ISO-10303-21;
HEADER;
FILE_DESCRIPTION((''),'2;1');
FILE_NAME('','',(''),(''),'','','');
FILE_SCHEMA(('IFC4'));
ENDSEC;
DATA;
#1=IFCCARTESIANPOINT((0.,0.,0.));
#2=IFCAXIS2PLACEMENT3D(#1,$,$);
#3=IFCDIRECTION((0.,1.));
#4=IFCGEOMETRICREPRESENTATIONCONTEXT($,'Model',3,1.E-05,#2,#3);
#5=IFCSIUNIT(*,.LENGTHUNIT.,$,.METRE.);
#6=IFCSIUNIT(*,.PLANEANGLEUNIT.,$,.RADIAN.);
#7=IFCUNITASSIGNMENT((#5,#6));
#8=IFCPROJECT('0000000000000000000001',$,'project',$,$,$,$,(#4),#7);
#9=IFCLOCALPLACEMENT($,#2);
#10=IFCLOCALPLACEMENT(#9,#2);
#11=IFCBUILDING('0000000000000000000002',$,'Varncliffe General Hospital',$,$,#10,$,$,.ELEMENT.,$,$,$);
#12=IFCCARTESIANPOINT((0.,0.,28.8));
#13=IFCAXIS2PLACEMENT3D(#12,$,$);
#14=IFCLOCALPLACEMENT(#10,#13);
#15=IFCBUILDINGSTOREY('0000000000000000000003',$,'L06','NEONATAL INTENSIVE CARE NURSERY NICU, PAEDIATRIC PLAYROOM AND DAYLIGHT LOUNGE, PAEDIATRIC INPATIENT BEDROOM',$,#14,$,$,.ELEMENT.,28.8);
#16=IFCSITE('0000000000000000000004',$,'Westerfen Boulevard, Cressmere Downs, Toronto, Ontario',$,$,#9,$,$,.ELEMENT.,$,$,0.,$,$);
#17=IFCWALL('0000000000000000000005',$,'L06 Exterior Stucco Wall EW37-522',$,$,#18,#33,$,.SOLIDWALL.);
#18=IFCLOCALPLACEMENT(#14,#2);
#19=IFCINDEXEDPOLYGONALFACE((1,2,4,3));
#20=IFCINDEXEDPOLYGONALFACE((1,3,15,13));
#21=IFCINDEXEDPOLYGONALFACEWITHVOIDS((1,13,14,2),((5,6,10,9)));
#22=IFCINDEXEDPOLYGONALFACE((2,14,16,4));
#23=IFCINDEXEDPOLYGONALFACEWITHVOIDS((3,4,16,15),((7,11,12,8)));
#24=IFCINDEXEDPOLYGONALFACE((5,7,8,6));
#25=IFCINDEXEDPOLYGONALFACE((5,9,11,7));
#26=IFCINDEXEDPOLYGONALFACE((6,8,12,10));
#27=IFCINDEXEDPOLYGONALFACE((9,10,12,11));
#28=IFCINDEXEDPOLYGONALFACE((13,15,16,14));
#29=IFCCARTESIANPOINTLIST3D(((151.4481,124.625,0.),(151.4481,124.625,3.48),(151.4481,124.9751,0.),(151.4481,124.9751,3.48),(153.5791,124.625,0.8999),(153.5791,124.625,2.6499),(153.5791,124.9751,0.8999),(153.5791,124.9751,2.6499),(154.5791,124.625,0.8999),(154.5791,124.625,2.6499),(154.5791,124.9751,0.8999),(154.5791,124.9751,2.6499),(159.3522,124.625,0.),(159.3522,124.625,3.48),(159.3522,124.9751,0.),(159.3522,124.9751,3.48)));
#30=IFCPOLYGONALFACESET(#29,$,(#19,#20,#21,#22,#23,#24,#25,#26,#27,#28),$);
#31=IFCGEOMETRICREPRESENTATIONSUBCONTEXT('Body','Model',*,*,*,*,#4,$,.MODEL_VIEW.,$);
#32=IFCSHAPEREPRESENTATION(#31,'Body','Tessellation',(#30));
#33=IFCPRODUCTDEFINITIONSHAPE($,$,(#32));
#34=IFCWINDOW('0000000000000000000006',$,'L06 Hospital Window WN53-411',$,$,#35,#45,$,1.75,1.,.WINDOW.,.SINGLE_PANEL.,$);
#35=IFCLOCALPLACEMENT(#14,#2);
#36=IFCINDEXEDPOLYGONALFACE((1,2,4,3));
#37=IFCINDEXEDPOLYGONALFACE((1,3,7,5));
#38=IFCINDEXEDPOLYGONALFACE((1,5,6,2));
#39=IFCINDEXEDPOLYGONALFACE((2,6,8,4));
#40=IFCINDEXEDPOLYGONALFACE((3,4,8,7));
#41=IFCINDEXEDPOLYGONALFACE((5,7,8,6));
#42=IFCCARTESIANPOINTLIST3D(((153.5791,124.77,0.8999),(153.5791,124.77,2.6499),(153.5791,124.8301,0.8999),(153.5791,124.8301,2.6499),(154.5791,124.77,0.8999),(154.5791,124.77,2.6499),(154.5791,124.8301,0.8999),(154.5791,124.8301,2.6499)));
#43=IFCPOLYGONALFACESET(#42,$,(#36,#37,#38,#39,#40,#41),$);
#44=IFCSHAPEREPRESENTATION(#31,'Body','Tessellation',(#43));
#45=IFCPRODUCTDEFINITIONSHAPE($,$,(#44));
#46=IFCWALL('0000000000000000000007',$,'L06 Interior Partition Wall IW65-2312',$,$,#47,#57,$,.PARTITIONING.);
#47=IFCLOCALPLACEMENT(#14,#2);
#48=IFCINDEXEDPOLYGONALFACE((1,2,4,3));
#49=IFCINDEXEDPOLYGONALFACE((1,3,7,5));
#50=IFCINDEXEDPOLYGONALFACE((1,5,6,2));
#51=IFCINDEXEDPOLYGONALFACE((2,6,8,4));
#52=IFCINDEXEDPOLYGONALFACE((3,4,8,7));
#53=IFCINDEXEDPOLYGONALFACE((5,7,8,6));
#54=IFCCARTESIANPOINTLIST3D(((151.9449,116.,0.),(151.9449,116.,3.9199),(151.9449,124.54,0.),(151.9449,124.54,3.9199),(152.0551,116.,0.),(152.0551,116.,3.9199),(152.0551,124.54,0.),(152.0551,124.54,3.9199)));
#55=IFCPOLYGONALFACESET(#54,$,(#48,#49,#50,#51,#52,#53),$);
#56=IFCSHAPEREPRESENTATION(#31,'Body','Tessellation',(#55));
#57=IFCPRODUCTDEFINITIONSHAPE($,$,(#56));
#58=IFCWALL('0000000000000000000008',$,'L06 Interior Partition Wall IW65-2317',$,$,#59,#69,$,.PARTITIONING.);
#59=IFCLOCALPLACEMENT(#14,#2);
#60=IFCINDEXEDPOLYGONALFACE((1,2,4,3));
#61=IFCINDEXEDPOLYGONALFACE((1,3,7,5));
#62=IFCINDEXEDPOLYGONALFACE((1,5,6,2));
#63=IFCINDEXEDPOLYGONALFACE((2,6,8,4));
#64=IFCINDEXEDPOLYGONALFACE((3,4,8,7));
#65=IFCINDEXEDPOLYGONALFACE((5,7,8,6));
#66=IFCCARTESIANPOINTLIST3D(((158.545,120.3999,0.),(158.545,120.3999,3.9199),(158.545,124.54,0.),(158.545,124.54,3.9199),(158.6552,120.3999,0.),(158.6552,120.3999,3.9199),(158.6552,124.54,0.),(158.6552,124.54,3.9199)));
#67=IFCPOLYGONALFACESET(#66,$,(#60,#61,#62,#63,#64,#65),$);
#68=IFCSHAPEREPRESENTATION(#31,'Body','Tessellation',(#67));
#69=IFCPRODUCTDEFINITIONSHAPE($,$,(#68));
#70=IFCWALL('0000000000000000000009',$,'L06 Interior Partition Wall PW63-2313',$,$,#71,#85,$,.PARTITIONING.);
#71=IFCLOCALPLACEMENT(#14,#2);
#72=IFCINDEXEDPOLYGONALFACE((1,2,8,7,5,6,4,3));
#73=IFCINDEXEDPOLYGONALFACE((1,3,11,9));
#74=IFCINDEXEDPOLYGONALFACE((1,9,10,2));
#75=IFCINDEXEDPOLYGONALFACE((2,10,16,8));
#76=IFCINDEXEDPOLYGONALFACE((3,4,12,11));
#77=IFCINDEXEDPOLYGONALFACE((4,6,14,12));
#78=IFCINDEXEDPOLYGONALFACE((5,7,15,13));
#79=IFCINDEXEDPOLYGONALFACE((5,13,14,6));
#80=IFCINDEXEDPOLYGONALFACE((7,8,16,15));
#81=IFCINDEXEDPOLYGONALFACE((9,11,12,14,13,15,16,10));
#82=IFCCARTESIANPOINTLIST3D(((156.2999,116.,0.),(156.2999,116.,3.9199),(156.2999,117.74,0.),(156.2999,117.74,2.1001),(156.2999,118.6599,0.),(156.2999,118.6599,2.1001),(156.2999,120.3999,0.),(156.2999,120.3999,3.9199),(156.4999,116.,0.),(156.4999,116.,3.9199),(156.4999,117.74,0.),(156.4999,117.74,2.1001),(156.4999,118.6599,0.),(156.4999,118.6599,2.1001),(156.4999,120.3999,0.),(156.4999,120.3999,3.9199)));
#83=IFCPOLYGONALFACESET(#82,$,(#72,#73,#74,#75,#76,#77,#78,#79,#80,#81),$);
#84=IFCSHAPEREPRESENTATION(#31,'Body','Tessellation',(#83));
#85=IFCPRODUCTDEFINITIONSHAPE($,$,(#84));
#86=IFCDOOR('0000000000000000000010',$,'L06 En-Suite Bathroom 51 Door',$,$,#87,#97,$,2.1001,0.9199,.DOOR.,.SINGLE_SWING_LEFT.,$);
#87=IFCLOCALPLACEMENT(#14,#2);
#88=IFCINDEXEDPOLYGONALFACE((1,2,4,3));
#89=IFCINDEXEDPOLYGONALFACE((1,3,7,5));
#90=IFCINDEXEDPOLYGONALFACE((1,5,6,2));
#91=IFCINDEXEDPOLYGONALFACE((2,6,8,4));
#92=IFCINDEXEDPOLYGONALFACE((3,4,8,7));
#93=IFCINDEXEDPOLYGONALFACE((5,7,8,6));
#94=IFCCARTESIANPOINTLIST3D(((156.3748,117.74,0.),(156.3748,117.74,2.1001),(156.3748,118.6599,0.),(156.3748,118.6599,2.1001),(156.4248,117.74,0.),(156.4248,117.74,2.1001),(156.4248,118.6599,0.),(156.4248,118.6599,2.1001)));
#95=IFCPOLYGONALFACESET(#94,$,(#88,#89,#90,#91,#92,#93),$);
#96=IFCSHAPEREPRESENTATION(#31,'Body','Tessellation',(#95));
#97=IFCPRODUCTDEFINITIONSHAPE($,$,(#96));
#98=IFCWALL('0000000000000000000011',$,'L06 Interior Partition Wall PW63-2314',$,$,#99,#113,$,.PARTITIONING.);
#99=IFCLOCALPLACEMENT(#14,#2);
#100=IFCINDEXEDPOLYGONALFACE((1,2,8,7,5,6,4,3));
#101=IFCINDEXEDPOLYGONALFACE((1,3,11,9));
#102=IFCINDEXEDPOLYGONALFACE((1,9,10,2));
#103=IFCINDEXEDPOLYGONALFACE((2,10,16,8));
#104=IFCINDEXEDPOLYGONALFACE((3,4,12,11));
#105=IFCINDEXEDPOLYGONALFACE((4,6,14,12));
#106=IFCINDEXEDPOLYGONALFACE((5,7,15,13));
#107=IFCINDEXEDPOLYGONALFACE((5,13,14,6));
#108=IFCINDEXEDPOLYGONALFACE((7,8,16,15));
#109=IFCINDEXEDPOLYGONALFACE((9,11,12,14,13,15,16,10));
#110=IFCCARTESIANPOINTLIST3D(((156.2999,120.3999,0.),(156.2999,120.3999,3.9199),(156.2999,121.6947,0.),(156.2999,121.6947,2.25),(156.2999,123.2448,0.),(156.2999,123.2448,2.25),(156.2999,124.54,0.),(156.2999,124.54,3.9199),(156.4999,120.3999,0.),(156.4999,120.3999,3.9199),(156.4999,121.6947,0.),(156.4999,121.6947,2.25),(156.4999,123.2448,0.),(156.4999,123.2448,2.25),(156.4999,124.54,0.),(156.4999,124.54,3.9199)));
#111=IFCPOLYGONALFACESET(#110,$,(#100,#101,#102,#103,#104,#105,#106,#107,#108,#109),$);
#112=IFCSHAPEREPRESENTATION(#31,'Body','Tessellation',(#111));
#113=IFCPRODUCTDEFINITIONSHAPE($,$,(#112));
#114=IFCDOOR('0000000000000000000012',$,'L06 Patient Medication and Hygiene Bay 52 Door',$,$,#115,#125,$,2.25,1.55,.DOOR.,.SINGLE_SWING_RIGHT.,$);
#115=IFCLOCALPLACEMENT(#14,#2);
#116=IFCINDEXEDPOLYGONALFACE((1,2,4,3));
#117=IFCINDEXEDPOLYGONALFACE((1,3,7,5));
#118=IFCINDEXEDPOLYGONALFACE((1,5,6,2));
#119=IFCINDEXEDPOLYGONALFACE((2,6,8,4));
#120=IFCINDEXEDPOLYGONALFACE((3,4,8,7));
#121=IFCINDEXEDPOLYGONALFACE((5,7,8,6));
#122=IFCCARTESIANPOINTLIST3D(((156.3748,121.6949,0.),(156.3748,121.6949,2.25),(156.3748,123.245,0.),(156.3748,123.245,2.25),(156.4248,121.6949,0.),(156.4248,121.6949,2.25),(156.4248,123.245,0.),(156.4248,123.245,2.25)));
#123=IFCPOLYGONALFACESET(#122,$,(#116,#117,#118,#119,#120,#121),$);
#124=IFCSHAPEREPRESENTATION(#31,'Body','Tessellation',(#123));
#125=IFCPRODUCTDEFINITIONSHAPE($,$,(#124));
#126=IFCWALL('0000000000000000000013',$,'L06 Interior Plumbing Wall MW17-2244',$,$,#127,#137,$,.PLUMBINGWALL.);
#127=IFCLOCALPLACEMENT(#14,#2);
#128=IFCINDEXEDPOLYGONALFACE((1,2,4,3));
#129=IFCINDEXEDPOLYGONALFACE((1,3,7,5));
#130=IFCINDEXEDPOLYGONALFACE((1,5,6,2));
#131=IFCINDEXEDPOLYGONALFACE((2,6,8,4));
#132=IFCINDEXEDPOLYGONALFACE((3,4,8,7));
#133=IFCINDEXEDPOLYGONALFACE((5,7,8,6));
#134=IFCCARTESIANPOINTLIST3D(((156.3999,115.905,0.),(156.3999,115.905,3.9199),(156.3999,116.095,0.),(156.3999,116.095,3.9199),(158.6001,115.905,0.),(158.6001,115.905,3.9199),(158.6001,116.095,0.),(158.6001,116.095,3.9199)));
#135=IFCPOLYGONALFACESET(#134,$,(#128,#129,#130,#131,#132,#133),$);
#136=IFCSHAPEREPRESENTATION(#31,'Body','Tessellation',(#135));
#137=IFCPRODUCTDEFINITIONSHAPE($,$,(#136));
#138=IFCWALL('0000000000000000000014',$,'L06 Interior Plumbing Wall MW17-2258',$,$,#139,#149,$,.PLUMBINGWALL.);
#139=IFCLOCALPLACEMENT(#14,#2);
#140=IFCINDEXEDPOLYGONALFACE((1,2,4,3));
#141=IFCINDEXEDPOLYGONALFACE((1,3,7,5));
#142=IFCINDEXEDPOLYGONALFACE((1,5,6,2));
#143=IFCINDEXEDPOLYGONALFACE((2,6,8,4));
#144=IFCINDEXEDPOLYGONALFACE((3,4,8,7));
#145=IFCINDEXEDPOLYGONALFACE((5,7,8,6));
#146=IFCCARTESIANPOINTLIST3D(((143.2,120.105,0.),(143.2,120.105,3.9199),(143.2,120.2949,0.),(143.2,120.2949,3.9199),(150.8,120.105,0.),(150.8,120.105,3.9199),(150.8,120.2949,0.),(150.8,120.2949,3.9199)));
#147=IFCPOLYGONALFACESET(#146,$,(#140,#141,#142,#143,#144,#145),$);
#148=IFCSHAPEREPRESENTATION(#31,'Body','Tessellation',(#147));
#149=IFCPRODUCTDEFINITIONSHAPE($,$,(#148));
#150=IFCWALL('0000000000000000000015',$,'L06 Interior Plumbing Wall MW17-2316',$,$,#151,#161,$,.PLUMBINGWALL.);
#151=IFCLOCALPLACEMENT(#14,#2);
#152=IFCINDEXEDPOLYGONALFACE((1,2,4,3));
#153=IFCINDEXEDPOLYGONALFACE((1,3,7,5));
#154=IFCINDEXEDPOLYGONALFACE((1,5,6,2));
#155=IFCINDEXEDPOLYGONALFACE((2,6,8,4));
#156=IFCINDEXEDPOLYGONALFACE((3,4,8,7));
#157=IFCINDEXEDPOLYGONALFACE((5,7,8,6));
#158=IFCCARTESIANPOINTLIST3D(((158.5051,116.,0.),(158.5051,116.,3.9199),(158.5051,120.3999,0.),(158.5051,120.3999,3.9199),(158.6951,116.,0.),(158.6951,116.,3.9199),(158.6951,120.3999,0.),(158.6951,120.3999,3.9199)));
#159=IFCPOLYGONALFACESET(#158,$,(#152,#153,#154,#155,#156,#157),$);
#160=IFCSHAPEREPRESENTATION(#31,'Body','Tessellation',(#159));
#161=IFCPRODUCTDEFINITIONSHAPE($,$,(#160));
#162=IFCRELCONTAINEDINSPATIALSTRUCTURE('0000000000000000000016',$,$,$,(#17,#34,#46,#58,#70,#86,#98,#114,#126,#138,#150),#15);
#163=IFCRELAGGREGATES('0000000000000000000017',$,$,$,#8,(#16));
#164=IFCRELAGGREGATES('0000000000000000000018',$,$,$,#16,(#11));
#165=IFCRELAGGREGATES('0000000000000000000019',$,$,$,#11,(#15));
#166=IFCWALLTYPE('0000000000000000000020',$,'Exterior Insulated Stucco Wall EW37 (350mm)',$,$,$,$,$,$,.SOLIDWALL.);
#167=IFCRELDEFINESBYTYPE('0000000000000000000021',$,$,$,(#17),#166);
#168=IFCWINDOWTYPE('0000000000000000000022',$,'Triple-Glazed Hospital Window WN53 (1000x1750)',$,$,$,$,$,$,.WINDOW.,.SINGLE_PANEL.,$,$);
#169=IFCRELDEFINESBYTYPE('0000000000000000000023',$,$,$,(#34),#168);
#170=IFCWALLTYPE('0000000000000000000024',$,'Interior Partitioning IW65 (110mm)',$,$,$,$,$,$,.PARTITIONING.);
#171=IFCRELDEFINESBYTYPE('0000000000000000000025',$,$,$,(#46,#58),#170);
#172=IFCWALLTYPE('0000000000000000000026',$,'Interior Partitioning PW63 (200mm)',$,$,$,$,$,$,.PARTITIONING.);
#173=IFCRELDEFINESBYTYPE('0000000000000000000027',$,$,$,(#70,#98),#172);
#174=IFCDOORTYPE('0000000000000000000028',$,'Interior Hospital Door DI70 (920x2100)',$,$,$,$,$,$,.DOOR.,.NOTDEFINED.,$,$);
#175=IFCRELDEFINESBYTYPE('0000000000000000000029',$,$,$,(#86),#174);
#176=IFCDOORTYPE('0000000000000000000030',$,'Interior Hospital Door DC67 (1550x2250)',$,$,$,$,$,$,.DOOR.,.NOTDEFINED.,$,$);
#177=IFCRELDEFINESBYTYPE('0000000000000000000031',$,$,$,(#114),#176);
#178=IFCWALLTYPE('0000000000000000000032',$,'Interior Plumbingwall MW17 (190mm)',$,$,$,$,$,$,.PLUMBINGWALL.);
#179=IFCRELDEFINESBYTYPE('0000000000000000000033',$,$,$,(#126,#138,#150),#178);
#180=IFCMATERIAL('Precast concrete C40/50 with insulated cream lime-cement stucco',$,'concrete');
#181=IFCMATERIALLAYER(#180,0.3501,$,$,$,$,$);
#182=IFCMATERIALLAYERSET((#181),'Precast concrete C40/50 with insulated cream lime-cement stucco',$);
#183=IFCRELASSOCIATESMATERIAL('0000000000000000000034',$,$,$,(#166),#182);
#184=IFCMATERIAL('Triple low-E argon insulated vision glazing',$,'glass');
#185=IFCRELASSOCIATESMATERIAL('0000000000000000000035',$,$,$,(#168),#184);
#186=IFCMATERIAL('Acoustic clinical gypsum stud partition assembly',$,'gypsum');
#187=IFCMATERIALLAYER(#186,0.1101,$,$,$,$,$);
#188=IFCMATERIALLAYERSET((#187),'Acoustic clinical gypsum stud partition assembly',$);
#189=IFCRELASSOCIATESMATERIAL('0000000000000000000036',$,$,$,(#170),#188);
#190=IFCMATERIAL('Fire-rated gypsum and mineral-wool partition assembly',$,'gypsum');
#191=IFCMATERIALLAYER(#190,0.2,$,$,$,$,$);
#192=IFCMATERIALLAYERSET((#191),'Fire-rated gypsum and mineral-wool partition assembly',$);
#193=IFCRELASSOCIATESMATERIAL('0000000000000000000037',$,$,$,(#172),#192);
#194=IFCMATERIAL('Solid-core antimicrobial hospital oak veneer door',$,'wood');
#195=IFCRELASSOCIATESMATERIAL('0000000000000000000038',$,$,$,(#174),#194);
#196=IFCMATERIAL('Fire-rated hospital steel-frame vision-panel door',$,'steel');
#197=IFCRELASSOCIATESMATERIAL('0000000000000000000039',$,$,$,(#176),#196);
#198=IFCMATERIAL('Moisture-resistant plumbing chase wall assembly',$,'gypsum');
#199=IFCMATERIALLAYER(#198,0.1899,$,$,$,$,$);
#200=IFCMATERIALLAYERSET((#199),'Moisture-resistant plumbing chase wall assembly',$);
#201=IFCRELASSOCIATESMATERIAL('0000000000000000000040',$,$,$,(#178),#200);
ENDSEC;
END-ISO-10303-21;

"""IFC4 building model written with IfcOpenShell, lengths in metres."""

from ifc_helpers import new_model, si_unit, direction, frame, frame_2d, origin, place, context, subcontext, project, spatial, rectangle, extrude, material, layer, layer_set, type_object, element, fill, save


model = new_model("IFC4")

# Units and contexts
model_context = context("Model", 3, precision=1e-05, world=origin(), true_north=direction((0.0, 1.0)))
body_context = subcontext(model_context, "Body", "Model", "MODEL_VIEW")
ifc_project = project(units=[si_unit("LENGTHUNIT", "METRE"), si_unit("PLANEANGLEUNIT", "RADIAN")], contexts=[model_context])

# Site, building, storey
site_placement = place(None, origin())
site = spatial("IfcSite", under=ifc_project, at=site_placement, Name="Westerfen Boulevard, Cressmere Downs, Toronto, Ontario", CompositionType="ELEMENT", RefElevation=0.0)
building_placement = place(site_placement, origin())
building = spatial("IfcBuilding", under=site, at=building_placement, Name="Varncliffe General Hospital", CompositionType="ELEMENT")
storey_placement = place(building_placement, frame((0.0, 0.0, 28.8)))
storey = spatial("IfcBuildingStorey", under=building, at=storey_placement, Name="L06", Description="NEONATAL INTENSIVE CARE NURSERY NICU, PAEDIATRIC PLAYROOM AND DAYLIGHT LOUNGE, PAEDIATRIC INPATIENT BEDROOM", CompositionType="ELEMENT", Elevation=28.8)

# Wall, opening, window
ifc_material_1 = material(Name="Precast concrete C40/50 with insulated cream lime-cement stucco", Category="concrete")
ifc_material_2 = material(Name="Triple low-E argon insulated vision glazing", Category="glass")
ifc_layer_1 = layer(ifc_material_1, 0.3501)
ifc_layer_set_1 = layer_set([ifc_layer_1], Name="Precast concrete C40/50 with insulated cream lime-cement stucco")
wall_type_1 = type_object("IfcWallType", Name="Exterior Insulated Stucco Wall EW37 (350mm)", PredefinedType="SOLIDWALL", material=ifc_layer_set_1)
wall_1_placement = place(storey_placement, frame((151.448, 124.8, 0.0), z_axis=(0.0, 0.0, 1.0), x_axis=(1.0, 0.0, 0.0)))
wall_1 = element("IfcWall", 1, at=wall_1_placement, inside=storey, type_object=wall_type_1, Name="L06 Exterior Stucco Wall EW37-522", PredefinedType="SOLIDWALL", context=body_context, shape_type="SweptSolid", body=[
    extrude(rectangle(XDim=7.9041, YDim=0.3501, at=frame_2d((3.9521, 0.0))), origin(), (0.0, 0.0, 1.0), 3.48),
])
opening_1_placement = place(wall_1_placement, frame((2.1311, 0.0, 0.8999)))
opening_1 = element("IfcOpeningElement", 2, at=opening_1_placement, cuts=wall_1, PredefinedType="OPENING", context=body_context, shape_type="SweptSolid", body=[
    extrude(rectangle(XDim=1.0, YDim=1.75, at=frame_2d((0.5, 0.875))), frame((0.0, 0.1851, 0.0), z_axis=(0.0, -1.0, 0.0), x_axis=(1.0, 0.0, 0.0)), (0.0, 0.0, 1.0), 0.3701),
])
window_type_1 = type_object("IfcWindowType", Name="Triple-Glazed Hospital Window WN53 (1000x1750)", PartitioningType="SINGLE_PANEL", PredefinedType="WINDOW", material=ifc_material_2)
window_1_placement = place(opening_1_placement, origin())
window_1 = element("IfcWindow", 3, at=window_1_placement, inside=storey, type_object=window_type_1, Name="L06 Hospital Window WN53-411", OverallHeight=1.75, OverallWidth=1.0, PartitioningType="SINGLE_PANEL", PredefinedType="WINDOW", context=body_context, shape_type="SweptSolid", body=[
    extrude(rectangle(XDim=1.0, YDim=1.75, at=frame_2d((0.5, 0.875))), frame((0.0, 0.03, 0.0), z_axis=(0.0, -1.0, 0.0), x_axis=(1.0, 0.0, 0.0)), (0.0, 0.0, 1.0), 0.0601),
])
fill(opening_1, window_1)

# Walls
ifc_material_3 = material(Name="Acoustic clinical gypsum stud partition assembly", Category="gypsum")
ifc_layer_2 = layer(ifc_material_3, 0.1101)
ifc_layer_set_2 = layer_set([ifc_layer_2], Name="Acoustic clinical gypsum stud partition assembly")
wall_type_2 = type_object("IfcWallType", Name="Interior Partitioning IW65 (110mm)", PredefinedType="PARTITIONING", material=ifc_layer_set_2)
wall_2_placement = place(storey_placement, frame((152.0, 116.0, 0.0), z_axis=(0.0, 0.0, 1.0), x_axis=(0.0, 1.0, 0.0)))
element("IfcWall", 4, at=wall_2_placement, inside=storey, type_object=wall_type_2, Name="L06 Interior Partition Wall IW65-2312", PredefinedType="PARTITIONING", context=body_context, shape_type="SweptSolid", body=[
    extrude(rectangle(XDim=8.54, YDim=0.1101, at=frame_2d((4.27, 0.0))), origin(), (0.0, 0.0, 1.0), 3.9199),
])
wall_3_placement = place(storey_placement, frame((158.6001, 120.3999, 0.0), z_axis=(0.0, 0.0, 1.0), x_axis=(0.0, 1.0, 0.0)))
element("IfcWall", 5, at=wall_3_placement, inside=storey, type_object=wall_type_2, Name="L06 Interior Partition Wall IW65-2317", PredefinedType="PARTITIONING", context=body_context, shape_type="SweptSolid", body=[
    extrude(rectangle(XDim=4.1401, YDim=0.1101, at=frame_2d((2.0701, 0.0))), origin(), (0.0, 0.0, 1.0), 3.9199),
])

# Walls, openings, doors
ifc_material_4 = material(Name="Fire-rated gypsum and mineral-wool partition assembly", Category="gypsum")
ifc_layer_3 = layer(ifc_material_4, 0.2)
ifc_layer_set_3 = layer_set([ifc_layer_3], Name="Fire-rated gypsum and mineral-wool partition assembly")
wall_type_3 = type_object("IfcWallType", Name="Interior Partitioning PW63 (200mm)", PredefinedType="PARTITIONING", material=ifc_layer_set_3)
wall_4_placement = place(storey_placement, frame((156.3999, 116.0, 0.0), z_axis=(0.0, 0.0, 1.0), x_axis=(0.0, 1.0, 0.0)))
wall_4 = element("IfcWall", 6, at=wall_4_placement, inside=storey, type_object=wall_type_3, Name="L06 Interior Partition Wall PW63-2313", PredefinedType="PARTITIONING", context=body_context, shape_type="SweptSolid", body=[
    extrude(rectangle(XDim=4.3999, YDim=0.2, at=frame_2d((2.2, 0.0))), origin(), (0.0, 0.0, 1.0), 3.9199),
])
opening_2_placement = place(wall_4_placement, frame((1.74, 0.0, 0.0)))
opening_2 = element("IfcOpeningElement", 7, at=opening_2_placement, cuts=wall_4, PredefinedType="OPENING", context=body_context, shape_type="SweptSolid", body=[
    extrude(rectangle(XDim=0.9199, YDim=2.1001, at=frame_2d((0.46, 1.05))), frame((0.0, 0.1099, 0.0), z_axis=(0.0, -1.0, 0.0), x_axis=(1.0, 0.0, 0.0)), (0.0, 0.0, 1.0), 0.22),
])
ifc_material_5 = material(Name="Solid-core antimicrobial hospital oak veneer door", Category="wood")
door_type_1 = type_object("IfcDoorType", Name="Interior Hospital Door DI70 (920x2100)", OperationType="NOTDEFINED", PredefinedType="DOOR", material=ifc_material_5)
door_1_placement = place(opening_2_placement, frame((0.9199, 0.0, 0.0), z_axis=(0.0, 0.0, 1.0), x_axis=(-1.0, 0.0, 0.0)))
door_1 = element("IfcDoor", 8, at=door_1_placement, inside=storey, type_object=door_type_1, Name="L06 En-Suite Bathroom 51 Door", OperationType="SINGLE_SWING_LEFT", OverallHeight=2.1001, OverallWidth=0.9199, PredefinedType="DOOR", context=body_context, shape_type="SweptSolid", body=[
    extrude(rectangle(XDim=0.9199, YDim=2.1001, at=frame_2d((0.46, 1.05))), frame((0.0, 0.0249, 0.0), z_axis=(0.0, -1.0, 0.0), x_axis=(1.0, 0.0, 0.0)), (0.0, 0.0, 1.0), 0.05),
])
fill(opening_2, door_1)
wall_5_placement = place(storey_placement, frame((156.3999, 120.3999, 0.0), z_axis=(0.0, 0.0, 1.0), x_axis=(0.0, 1.0, 0.0)))
wall_5 = element("IfcWall", 9, at=wall_5_placement, inside=storey, type_object=wall_type_3, Name="L06 Interior Partition Wall PW63-2314", PredefinedType="PARTITIONING", context=body_context, shape_type="SweptSolid", body=[
    extrude(rectangle(XDim=4.1401, YDim=0.2, at=frame_2d((2.0701, 0.0))), origin(), (0.0, 0.0, 1.0), 3.9199),
])
opening_3_placement = place(wall_5_placement, frame((1.2949, 0.0, 0.0)))
opening_3 = element("IfcOpeningElement", 10, at=opening_3_placement, cuts=wall_5, PredefinedType="OPENING", context=body_context, shape_type="SweptSolid", body=[
    extrude(rectangle(XDim=1.55, YDim=2.25, at=frame_2d((0.7749, 1.125))), frame((0.0, 0.1099, 0.0), z_axis=(0.0, -1.0, 0.0), x_axis=(1.0, 0.0, 0.0)), (0.0, 0.0, 1.0), 0.22),
])
ifc_material_6 = material(Name="Fire-rated hospital steel-frame vision-panel door", Category="steel")
door_type_2 = type_object("IfcDoorType", Name="Interior Hospital Door DC67 (1550x2250)", OperationType="NOTDEFINED", PredefinedType="DOOR", material=ifc_material_6)
door_2_placement = place(opening_3_placement, frame((1.55, 0.0, 0.0), z_axis=(0.0, 0.0, 1.0), x_axis=(-1.0, 0.0, 0.0)))
door_2 = element("IfcDoor", 11, at=door_2_placement, inside=storey, type_object=door_type_2, Name="L06 Patient Medication and Hygiene Bay 52 Door", OperationType="SINGLE_SWING_RIGHT", OverallHeight=2.25, OverallWidth=1.55, PredefinedType="DOOR", context=body_context, shape_type="SweptSolid", body=[
    extrude(rectangle(XDim=1.55, YDim=2.25, at=frame_2d((0.7749, 1.125))), frame((0.0, 0.0249, 0.0), z_axis=(0.0, -1.0, 0.0), x_axis=(1.0, 0.0, 0.0)), (0.0, 0.0, 1.0), 0.05),
])
fill(opening_3, door_2)

# Walls
ifc_material_7 = material(Name="Moisture-resistant plumbing chase wall assembly", Category="gypsum")
ifc_layer_4 = layer(ifc_material_7, 0.1899)
ifc_layer_set_4 = layer_set([ifc_layer_4], Name="Moisture-resistant plumbing chase wall assembly")
wall_type_4 = type_object("IfcWallType", Name="Interior Plumbingwall MW17 (190mm)", PredefinedType="PLUMBINGWALL", material=ifc_layer_set_4)
wall_6_placement = place(storey_placement, frame((156.3999, 116.0, 0.0), z_axis=(0.0, 0.0, 1.0), x_axis=(1.0, 0.0, 0.0)))
element("IfcWall", 12, at=wall_6_placement, inside=storey, type_object=wall_type_4, Name="L06 Interior Plumbing Wall MW17-2244", PredefinedType="PLUMBINGWALL", context=body_context, shape_type="SweptSolid", body=[
    extrude(rectangle(XDim=2.2002, YDim=0.1899, at=frame_2d((1.1001, 0.0))), origin(), (0.0, 0.0, 1.0), 3.9199),
])
wall_7_placement = place(storey_placement, frame((143.2, 120.2, 0.0), z_axis=(0.0, 0.0, 1.0), x_axis=(1.0, 0.0, 0.0)))
element("IfcWall", 13, at=wall_7_placement, inside=storey, type_object=wall_type_4, Name="L06 Interior Plumbing Wall MW17-2258", PredefinedType="PLUMBINGWALL", context=body_context, shape_type="SweptSolid", body=[
    extrude(rectangle(XDim=7.6001, YDim=0.1899, at=frame_2d((3.8, 0.0))), origin(), (0.0, 0.0, 1.0), 3.9199),
])
wall_8_placement = place(storey_placement, frame((158.6001, 116.0, 0.0), z_axis=(0.0, 0.0, 1.0), x_axis=(0.0, 1.0, 0.0)))
element("IfcWall", 14, at=wall_8_placement, inside=storey, type_object=wall_type_4, Name="L06 Interior Plumbing Wall MW17-2316", PredefinedType="PLUMBINGWALL", context=body_context, shape_type="SweptSolid", body=[
    extrude(rectangle(XDim=4.3999, YDim=0.1899, at=frame_2d((2.2, 0.0))), origin(), (0.0, 0.0, 1.0), 3.9199),
])

save(model, "model.ifc")
